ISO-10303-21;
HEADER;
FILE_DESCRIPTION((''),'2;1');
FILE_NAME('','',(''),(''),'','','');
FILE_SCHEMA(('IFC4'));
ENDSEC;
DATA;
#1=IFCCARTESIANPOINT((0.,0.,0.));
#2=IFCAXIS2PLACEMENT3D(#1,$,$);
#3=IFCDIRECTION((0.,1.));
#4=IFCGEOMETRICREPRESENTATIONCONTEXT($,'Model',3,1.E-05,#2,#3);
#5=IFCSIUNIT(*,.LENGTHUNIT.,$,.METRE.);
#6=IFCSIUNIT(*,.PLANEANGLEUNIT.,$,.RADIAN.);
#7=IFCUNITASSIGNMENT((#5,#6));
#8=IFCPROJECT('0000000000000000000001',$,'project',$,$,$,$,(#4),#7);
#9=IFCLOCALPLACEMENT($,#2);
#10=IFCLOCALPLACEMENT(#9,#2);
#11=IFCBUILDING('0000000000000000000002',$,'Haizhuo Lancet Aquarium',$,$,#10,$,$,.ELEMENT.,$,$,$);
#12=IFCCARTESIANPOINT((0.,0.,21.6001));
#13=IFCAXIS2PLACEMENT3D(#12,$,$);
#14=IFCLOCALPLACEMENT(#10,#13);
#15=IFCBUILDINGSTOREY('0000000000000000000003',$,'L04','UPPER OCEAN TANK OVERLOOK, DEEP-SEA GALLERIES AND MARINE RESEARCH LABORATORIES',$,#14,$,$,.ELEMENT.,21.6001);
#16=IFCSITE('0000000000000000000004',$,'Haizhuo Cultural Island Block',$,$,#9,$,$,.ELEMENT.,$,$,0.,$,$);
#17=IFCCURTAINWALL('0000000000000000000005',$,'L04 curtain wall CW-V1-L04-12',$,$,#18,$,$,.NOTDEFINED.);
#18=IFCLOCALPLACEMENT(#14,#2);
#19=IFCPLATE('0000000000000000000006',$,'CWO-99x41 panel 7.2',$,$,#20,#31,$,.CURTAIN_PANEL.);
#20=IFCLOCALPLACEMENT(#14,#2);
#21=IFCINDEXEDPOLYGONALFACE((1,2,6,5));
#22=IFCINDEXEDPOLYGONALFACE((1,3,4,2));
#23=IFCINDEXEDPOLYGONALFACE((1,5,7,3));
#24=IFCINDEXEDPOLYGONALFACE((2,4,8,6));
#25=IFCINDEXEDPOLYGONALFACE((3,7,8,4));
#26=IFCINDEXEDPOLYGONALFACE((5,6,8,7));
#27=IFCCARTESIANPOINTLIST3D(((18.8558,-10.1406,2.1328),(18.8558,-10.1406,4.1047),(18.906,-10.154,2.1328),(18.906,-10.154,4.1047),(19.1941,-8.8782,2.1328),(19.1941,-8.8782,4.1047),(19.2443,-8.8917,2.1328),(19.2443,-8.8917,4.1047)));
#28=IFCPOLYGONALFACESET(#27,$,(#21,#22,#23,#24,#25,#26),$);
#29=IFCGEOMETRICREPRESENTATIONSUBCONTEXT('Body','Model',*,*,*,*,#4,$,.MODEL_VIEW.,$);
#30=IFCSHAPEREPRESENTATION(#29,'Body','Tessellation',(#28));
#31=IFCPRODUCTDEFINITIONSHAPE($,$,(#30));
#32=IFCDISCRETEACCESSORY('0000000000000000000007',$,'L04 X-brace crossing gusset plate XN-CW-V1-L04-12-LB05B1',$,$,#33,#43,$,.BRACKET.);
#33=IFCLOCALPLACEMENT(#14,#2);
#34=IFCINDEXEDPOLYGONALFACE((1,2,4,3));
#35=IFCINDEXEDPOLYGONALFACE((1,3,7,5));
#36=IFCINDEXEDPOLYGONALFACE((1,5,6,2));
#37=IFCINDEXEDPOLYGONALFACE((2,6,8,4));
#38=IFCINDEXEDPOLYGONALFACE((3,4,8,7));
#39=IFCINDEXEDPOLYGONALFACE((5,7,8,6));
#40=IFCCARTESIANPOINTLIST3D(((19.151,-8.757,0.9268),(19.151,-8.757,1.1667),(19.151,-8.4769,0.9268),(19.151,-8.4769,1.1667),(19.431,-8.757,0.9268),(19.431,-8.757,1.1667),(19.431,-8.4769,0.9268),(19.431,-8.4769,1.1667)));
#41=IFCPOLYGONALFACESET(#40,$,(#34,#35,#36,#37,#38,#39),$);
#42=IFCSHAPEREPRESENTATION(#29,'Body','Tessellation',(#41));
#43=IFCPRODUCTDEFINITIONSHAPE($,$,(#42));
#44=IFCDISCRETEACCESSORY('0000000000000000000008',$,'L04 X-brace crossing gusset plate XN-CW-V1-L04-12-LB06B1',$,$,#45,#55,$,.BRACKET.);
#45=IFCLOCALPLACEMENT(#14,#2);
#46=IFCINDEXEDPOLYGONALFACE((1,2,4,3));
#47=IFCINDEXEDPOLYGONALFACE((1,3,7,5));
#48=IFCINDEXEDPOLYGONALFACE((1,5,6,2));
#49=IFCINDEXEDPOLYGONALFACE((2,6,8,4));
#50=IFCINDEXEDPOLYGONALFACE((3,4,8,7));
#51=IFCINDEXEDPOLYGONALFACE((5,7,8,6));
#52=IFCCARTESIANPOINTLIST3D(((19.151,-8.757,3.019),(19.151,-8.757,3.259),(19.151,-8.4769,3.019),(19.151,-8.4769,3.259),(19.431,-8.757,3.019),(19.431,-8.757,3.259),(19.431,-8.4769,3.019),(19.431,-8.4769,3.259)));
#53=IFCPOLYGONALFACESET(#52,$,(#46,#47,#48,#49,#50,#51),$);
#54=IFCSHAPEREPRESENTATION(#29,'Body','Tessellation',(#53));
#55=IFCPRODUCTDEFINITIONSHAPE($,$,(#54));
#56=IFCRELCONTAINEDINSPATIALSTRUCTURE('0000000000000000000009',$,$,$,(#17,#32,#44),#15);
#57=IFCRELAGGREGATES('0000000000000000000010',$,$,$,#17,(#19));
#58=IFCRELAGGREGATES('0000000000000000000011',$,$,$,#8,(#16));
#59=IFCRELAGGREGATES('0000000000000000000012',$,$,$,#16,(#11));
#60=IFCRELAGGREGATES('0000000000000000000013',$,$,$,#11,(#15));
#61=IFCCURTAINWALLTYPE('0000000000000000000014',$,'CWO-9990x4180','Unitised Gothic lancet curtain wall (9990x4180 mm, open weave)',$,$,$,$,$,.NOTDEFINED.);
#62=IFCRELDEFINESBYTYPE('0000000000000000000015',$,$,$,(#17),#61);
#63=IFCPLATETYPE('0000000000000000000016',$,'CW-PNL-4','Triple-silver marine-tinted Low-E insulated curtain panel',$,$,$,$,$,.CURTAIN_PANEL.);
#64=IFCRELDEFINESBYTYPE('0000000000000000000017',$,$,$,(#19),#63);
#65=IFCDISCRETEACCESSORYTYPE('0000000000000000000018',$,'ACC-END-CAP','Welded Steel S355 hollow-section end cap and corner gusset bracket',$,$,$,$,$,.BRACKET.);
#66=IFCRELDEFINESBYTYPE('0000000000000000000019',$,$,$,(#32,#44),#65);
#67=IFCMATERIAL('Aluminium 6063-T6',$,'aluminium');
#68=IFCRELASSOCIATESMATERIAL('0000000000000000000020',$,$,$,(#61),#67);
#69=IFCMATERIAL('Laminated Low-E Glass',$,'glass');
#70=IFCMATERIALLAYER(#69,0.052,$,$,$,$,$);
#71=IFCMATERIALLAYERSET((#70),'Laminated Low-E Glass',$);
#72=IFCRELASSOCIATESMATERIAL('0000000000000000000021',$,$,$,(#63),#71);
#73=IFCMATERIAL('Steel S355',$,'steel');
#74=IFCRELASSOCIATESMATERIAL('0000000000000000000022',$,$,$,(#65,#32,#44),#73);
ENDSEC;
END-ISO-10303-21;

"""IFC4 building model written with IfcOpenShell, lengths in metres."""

from ifc_helpers import new_model, si_unit, direction, frame, origin, origin_2d, place, context, subcontext, project, spatial, rectangle, extrude, material, layer, layer_set, type_object, element, aggregate, save


model = new_model("IFC4")

# Units and contexts
model_context = context("Model", 3, precision=1e-05, world=origin(), true_north=direction((0.0, 1.0)))
body_context = subcontext(model_context, "Body", "Model", "MODEL_VIEW")
ifc_project = project(units=[si_unit("LENGTHUNIT", "METRE"), si_unit("PLANEANGLEUNIT", "RADIAN")], contexts=[model_context])

# Site, building, storey
site_placement = place(None, origin())
site = spatial("IfcSite", under=ifc_project, at=site_placement, Name="Haizhuo Cultural Island Block", CompositionType="ELEMENT", RefElevation=0.0)
building_placement = place(site_placement, origin())
building = spatial("IfcBuilding", under=site, at=building_placement, Name="Haizhuo Lancet Aquarium", CompositionType="ELEMENT")
storey_placement = place(building_placement, frame((0.0, 0.0, 21.6001)))
storey = spatial("IfcBuildingStorey", under=building, at=storey_placement, Name="L04", Description="UPPER OCEAN TANK OVERLOOK, DEEP-SEA GALLERIES AND MARINE RESEARCH LABORATORIES", CompositionType="ELEMENT", Elevation=21.6001)

# Curtain wall
ifc_material_1 = material(Name="Aluminium 6063-T6", Category="aluminium")
curtain_wall_type = type_object("IfcCurtainWallType", Name="CWO-9990x4180", Description="Unitised Gothic lancet curtain wall (9990x4180 mm, open weave)", PredefinedType="NOTDEFINED", material=ifc_material_1)
curtain_wall_placement = place(storey_placement, origin())
curtain_wall = element("IfcCurtainWall", 1, at=curtain_wall_placement, inside=storey, type_object=curtain_wall_type, Name="L04 curtain wall CW-V1-L04-12", PredefinedType="NOTDEFINED")

# Shared definitions
ifc_material_2 = material(Name="Steel S355", Category="steel")

# Plate
ifc_material_3 = material(Name="Laminated Low-E Glass", Category="glass")
ifc_layer = layer(ifc_material_3, 0.052)
ifc_layer_set = layer_set([ifc_layer], Name="Laminated Low-E Glass")
plate_type = type_object("IfcPlateType", Name="CW-PNL-4", Description="Triple-silver marine-tinted Low-E insulated curtain panel", PredefinedType="CURTAIN_PANEL", material=ifc_layer_set)
plate_1_placement = place(storey_placement, frame((19.05, -9.5161, 2.1328), z_axis=(0.0, 0.0, 1.0), x_axis=(-0.258853, -0.965917, 0.0)))
plate_1 = element("IfcPlate", 2, at=plate_1_placement, type_object=plate_type, Name="CWO-99x41 panel 7.2", PredefinedType="CURTAIN_PANEL", context=body_context, shape_type="SweptSolid", body=[
    extrude(rectangle(XDim=1.3069, YDim=0.052, at=origin_2d()), origin(), (0.0, 0.0, 1.0), 1.9719),
])
aggregate(curtain_wall, [plate_1])

# Discrete accessories
discrete_accessory_type = type_object("IfcDiscreteAccessoryType", Name="ACC-END-CAP", Description="Welded Steel S355 hollow-section end cap and corner gusset bracket", PredefinedType="BRACKET", material=ifc_material_2)
for number, where, z_axis, x_axis, name in (
    (3, (19.291, -8.6169, 0.9268), (0.0, 0.0, 1.0), (1.0, 0.0, 0.0), "L04 X-brace crossing gusset plate XN-CW-V1-L04-12-LB05B1"),
    (4, (19.291, -8.6169, 3.019), (0.0, 0.0, 1.0), (1.0, 0.0, 0.0), "L04 X-brace crossing gusset plate XN-CW-V1-L04-12-LB06B1"),
):
    element("IfcDiscreteAccessory", number, at=place(storey_placement, frame(where, z_axis=z_axis, x_axis=x_axis)), inside=storey, type_object=discrete_accessory_type, material=ifc_material_2, Name=name, PredefinedType="BRACKET", context=body_context, shape_type="SweptSolid", body=[
        extrude(rectangle(XDim=0.28, YDim=0.28, at=origin_2d()), origin(), (0.0, 0.0, 1.0), 0.24),
    ])

save(model, "model.ifc")
